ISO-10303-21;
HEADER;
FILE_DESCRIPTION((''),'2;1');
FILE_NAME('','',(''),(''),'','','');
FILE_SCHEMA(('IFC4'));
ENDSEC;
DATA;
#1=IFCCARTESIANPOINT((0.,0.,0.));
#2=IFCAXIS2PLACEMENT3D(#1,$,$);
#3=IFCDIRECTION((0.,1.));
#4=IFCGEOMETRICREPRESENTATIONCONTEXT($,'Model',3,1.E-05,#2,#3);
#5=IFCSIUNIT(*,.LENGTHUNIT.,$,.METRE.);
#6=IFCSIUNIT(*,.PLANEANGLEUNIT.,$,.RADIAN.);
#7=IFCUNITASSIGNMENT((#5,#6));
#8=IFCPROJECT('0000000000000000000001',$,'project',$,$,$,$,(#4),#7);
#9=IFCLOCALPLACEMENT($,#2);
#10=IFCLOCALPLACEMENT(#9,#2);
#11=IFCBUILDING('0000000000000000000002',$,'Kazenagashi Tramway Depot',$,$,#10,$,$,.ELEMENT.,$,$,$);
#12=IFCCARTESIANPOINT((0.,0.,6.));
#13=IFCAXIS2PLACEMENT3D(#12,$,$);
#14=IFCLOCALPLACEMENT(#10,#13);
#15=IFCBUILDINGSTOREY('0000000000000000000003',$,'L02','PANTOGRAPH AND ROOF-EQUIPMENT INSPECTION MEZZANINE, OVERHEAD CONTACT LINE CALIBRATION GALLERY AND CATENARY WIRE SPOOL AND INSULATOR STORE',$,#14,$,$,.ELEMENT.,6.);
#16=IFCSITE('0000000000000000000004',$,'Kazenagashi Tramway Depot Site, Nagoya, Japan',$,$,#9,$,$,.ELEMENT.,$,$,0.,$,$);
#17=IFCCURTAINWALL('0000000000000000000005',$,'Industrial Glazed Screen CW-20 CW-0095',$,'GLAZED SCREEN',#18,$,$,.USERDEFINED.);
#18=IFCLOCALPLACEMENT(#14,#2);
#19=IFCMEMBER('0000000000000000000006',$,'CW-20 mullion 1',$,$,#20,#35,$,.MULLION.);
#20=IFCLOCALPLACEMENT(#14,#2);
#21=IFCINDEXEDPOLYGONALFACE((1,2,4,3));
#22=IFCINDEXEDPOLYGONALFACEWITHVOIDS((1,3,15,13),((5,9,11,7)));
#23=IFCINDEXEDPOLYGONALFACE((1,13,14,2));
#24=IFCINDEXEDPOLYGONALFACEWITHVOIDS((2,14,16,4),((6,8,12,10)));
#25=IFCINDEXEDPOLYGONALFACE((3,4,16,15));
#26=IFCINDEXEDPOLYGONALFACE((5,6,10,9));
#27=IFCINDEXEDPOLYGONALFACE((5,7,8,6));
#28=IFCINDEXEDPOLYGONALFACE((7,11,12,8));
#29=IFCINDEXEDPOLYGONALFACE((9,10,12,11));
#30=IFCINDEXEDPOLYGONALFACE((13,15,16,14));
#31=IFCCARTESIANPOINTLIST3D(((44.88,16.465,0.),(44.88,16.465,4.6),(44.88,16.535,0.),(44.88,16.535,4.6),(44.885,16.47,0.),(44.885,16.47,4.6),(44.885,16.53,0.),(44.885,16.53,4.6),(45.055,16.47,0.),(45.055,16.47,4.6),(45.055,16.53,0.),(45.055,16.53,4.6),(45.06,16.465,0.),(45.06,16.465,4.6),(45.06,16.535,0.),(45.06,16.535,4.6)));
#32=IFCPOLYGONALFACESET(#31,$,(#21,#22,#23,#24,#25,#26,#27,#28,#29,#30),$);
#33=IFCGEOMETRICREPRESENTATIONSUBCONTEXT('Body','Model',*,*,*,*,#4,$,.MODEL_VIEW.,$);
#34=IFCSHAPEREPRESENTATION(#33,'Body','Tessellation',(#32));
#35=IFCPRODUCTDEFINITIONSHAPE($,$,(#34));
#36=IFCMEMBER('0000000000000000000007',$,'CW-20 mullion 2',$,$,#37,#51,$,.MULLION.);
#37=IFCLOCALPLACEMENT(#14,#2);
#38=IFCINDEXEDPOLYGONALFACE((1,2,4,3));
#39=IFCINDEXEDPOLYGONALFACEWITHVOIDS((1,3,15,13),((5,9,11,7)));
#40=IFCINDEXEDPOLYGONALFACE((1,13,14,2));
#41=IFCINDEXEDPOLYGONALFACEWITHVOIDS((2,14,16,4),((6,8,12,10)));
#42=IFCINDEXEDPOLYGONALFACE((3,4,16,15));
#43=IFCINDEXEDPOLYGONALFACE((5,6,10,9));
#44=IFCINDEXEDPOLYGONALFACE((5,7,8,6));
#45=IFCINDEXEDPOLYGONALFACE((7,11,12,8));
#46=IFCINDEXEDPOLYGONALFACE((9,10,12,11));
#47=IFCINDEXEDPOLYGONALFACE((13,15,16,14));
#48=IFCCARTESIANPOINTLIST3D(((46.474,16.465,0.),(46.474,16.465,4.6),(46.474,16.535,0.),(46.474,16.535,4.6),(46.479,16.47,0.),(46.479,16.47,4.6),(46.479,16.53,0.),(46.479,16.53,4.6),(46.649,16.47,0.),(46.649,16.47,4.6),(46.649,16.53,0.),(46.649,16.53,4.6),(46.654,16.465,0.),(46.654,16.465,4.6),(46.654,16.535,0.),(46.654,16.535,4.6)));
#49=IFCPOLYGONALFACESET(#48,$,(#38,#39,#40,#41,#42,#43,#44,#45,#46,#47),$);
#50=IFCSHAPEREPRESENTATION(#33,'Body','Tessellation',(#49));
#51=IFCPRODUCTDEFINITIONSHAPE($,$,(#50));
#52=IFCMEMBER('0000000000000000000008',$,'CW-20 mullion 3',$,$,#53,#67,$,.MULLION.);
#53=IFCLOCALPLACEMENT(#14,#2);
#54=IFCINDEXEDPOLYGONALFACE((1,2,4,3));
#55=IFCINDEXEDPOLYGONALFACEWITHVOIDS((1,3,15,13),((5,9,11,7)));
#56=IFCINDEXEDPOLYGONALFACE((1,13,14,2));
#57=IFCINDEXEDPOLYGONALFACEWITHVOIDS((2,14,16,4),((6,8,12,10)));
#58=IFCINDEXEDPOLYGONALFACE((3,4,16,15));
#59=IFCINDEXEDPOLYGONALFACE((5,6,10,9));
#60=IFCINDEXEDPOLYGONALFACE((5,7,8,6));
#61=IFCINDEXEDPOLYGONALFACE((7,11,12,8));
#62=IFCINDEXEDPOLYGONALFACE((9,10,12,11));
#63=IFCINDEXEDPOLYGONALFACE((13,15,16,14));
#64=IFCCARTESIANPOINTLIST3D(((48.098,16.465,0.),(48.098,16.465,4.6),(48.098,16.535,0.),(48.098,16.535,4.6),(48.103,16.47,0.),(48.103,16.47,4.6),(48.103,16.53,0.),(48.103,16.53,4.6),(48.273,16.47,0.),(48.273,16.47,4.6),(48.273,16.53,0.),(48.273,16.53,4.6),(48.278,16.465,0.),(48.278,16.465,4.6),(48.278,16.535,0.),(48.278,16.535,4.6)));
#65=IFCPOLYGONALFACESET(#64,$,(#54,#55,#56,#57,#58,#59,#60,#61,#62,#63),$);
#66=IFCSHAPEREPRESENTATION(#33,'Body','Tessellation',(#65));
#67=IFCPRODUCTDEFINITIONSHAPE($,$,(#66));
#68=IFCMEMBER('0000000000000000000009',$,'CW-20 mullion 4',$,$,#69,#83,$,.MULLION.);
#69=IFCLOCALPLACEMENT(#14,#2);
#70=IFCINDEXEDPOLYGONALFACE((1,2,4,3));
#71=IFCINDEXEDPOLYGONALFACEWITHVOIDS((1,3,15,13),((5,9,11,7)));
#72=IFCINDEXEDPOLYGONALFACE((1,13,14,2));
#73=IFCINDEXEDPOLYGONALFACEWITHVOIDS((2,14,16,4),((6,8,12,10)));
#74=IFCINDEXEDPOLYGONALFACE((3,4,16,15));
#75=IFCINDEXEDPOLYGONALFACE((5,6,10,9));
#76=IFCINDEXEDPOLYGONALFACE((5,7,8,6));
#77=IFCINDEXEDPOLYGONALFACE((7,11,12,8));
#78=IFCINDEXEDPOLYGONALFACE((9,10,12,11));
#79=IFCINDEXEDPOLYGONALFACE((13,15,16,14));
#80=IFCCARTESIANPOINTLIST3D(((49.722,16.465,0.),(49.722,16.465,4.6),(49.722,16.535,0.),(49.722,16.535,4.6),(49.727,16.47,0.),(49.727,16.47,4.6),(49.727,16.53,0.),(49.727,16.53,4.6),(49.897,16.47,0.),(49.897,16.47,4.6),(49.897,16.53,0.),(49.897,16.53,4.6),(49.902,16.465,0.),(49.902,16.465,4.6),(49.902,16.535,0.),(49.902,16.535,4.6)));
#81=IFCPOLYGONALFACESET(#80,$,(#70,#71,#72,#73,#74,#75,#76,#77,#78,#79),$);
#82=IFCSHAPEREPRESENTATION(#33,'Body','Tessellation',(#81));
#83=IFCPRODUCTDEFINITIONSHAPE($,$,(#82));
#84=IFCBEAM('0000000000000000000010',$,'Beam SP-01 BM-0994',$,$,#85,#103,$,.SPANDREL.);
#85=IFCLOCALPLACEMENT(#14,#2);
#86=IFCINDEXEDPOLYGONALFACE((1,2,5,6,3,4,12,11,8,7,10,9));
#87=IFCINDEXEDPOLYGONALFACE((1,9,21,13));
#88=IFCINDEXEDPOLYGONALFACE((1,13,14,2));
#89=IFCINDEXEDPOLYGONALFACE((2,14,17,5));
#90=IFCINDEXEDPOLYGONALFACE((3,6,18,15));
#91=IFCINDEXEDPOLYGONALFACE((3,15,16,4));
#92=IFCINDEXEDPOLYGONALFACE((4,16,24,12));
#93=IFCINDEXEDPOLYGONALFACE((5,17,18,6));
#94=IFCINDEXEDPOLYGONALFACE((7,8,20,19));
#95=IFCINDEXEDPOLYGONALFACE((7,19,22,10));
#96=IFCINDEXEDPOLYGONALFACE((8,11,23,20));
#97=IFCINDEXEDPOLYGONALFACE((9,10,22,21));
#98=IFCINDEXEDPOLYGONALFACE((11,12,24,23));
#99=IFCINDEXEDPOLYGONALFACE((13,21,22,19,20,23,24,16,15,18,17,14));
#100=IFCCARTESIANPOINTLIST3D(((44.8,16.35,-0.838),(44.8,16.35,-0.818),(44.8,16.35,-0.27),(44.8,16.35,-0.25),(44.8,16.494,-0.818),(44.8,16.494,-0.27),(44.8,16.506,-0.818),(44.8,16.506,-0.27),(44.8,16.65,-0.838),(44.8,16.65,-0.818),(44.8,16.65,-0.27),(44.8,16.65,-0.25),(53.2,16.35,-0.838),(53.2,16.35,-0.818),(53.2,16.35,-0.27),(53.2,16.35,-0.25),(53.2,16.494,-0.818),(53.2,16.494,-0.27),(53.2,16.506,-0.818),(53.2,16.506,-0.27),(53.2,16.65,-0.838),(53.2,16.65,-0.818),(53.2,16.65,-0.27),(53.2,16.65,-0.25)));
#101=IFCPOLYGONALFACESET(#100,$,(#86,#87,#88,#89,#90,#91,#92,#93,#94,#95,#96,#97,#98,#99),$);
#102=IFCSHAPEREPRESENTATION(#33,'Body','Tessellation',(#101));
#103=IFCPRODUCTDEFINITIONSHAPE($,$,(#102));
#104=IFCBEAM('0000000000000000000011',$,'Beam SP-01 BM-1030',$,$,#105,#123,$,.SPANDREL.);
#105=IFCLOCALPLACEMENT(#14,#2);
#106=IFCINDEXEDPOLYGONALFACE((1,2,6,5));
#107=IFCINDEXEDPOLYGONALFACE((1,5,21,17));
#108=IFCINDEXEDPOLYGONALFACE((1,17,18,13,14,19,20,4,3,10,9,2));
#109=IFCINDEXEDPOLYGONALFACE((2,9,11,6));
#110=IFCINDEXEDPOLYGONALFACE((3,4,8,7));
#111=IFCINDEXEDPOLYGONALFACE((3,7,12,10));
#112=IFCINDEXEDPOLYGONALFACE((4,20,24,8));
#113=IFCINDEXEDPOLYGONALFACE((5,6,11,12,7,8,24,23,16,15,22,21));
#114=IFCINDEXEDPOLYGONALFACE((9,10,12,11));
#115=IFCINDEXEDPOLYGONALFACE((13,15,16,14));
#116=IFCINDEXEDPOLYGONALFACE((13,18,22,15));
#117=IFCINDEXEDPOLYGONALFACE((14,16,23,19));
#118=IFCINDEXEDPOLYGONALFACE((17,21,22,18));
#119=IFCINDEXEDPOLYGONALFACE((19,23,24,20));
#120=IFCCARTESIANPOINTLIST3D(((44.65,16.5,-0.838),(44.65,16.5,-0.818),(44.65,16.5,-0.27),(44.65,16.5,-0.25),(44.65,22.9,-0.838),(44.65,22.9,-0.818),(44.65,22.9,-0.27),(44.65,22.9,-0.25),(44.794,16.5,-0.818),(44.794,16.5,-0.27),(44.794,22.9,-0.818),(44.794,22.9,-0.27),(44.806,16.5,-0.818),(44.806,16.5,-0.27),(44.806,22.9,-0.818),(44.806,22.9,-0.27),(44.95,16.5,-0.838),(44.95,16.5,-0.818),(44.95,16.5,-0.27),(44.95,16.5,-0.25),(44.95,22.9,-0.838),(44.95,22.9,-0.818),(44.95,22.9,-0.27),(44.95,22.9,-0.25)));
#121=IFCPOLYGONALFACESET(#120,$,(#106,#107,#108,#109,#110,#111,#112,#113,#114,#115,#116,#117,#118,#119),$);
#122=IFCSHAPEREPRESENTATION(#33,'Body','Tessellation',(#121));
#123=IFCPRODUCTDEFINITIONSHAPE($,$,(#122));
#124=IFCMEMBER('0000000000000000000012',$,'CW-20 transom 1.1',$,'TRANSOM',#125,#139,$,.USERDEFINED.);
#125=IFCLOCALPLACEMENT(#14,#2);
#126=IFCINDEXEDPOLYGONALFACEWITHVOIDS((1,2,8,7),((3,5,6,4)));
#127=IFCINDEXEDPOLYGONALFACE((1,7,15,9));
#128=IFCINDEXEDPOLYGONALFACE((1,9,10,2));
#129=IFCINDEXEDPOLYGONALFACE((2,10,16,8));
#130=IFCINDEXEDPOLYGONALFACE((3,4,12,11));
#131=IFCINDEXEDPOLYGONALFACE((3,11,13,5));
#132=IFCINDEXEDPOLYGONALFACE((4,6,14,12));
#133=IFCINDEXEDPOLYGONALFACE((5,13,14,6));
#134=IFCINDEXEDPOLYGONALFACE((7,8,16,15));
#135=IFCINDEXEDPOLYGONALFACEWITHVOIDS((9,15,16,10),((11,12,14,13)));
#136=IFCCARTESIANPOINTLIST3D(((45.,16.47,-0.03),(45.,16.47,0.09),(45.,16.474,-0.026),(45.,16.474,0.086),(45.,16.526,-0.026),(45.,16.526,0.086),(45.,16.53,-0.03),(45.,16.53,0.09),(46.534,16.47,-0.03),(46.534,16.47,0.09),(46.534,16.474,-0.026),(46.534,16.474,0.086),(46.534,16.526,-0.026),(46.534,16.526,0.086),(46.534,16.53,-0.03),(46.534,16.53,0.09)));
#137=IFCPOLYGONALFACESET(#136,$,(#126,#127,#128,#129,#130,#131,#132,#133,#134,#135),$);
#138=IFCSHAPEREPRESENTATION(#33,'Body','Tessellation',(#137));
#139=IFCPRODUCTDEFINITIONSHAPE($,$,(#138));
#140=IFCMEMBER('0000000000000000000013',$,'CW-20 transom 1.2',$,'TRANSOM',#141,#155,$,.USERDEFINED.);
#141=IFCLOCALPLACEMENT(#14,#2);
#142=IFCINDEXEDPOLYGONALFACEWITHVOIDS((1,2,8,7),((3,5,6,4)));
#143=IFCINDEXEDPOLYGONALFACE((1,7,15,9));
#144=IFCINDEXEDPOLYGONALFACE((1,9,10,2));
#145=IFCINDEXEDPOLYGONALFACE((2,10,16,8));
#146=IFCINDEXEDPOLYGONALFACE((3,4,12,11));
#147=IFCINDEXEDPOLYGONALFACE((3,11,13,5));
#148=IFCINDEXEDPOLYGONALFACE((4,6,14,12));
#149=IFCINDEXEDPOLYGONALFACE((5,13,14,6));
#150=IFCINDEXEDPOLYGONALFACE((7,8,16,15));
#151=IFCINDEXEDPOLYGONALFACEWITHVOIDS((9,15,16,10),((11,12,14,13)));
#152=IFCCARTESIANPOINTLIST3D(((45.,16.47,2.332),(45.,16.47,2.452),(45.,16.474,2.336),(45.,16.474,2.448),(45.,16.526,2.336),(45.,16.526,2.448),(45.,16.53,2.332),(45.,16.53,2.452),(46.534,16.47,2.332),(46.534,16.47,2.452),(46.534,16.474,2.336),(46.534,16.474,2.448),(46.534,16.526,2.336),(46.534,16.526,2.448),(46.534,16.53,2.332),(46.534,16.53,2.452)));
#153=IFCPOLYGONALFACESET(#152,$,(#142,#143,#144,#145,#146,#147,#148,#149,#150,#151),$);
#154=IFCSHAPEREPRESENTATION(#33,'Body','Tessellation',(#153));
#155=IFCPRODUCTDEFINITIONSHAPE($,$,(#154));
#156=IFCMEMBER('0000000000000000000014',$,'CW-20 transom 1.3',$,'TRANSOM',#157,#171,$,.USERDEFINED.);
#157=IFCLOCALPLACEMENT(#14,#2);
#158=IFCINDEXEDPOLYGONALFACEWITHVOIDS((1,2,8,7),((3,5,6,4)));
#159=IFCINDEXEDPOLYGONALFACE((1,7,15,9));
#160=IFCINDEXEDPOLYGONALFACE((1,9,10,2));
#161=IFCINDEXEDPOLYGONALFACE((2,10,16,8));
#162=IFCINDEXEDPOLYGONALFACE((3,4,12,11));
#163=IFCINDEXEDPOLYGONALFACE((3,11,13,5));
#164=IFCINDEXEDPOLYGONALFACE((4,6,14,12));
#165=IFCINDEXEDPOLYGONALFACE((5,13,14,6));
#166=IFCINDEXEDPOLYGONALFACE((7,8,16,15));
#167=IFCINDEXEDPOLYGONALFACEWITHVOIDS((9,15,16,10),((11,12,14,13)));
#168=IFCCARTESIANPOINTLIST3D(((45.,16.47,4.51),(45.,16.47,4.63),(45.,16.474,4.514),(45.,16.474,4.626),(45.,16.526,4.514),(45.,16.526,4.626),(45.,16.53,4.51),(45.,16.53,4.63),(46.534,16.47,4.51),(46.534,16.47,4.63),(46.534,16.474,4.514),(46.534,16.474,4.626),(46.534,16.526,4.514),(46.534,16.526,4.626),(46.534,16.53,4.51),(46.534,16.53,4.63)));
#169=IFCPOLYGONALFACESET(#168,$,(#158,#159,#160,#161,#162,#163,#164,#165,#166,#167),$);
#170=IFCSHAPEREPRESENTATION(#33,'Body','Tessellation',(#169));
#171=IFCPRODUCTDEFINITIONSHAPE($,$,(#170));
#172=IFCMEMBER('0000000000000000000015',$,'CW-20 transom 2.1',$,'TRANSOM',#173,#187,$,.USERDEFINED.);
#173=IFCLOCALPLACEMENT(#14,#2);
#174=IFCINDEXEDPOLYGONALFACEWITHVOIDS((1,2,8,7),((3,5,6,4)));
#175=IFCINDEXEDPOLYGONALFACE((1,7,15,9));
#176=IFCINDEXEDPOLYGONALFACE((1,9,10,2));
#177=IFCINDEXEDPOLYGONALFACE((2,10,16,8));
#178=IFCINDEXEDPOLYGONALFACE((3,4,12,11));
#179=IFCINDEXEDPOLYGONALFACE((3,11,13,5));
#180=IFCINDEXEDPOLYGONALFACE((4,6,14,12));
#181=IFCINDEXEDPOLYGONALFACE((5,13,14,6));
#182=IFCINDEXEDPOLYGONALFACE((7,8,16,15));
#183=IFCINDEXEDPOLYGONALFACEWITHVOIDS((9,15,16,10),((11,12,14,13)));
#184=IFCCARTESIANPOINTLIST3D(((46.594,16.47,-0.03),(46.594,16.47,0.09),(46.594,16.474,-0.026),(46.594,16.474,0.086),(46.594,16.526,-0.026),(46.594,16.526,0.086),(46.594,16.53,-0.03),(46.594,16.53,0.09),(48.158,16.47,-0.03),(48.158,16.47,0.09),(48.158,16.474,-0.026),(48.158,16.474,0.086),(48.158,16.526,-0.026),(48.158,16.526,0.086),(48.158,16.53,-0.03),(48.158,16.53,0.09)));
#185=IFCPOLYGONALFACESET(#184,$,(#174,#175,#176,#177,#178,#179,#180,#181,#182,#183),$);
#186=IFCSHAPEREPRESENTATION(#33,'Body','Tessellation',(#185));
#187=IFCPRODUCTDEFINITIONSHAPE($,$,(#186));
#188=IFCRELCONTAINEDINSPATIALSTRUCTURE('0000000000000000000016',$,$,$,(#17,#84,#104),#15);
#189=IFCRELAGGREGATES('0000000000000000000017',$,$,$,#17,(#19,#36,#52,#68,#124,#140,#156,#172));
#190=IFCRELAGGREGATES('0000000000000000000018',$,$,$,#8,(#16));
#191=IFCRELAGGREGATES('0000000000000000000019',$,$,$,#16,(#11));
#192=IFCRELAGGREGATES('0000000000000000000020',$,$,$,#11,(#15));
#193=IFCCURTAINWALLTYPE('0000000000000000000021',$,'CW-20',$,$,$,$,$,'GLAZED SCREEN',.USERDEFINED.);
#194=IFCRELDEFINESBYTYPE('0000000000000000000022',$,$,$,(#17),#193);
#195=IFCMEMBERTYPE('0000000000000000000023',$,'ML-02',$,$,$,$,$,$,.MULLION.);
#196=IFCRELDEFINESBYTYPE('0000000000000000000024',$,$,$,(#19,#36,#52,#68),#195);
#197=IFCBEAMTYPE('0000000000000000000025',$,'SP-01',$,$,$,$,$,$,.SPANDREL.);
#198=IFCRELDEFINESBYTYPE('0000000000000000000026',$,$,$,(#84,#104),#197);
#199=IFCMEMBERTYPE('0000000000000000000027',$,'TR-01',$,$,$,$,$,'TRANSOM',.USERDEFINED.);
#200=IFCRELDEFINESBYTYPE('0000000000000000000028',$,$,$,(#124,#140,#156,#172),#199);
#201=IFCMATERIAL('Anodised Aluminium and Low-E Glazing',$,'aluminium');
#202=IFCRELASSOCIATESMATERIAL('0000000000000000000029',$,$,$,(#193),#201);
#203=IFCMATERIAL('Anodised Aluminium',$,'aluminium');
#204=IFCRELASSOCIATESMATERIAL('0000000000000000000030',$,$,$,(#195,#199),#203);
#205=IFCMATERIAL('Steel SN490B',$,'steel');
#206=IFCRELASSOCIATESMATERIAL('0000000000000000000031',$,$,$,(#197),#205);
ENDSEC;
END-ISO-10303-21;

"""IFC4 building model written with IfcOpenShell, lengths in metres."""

from ifc_helpers import new_model, si_unit, direction, frame, origin, origin_2d, place, context, subcontext, project, spatial, hollow_rectangle, i_section, extrude, material, material_profile, profile_set, type_object, element, aggregate, save


model = new_model("IFC4")

# Units and contexts
model_context = context("Model", 3, precision=1e-05, world=origin(), true_north=direction((0.0, 1.0)))
body_context = subcontext(model_context, "Body", "Model", "MODEL_VIEW")
ifc_project = project(units=[si_unit("LENGTHUNIT", "METRE"), si_unit("PLANEANGLEUNIT", "RADIAN")], contexts=[model_context])

# Site, building, storey
site_placement = place(None, origin())
site = spatial("IfcSite", under=ifc_project, at=site_placement, Name="Kazenagashi Tramway Depot Site, Nagoya, Japan", CompositionType="ELEMENT", RefElevation=0.0)
building_placement = place(site_placement, origin())
building = spatial("IfcBuilding", under=site, at=building_placement, Name="Kazenagashi Tramway Depot", CompositionType="ELEMENT")
storey_placement = place(building_placement, frame((0.0, 0.0, 6.0)))
storey = spatial("IfcBuildingStorey", under=building, at=storey_placement, Name="L02", Description="PANTOGRAPH AND ROOF-EQUIPMENT INSPECTION MEZZANINE, OVERHEAD CONTACT LINE CALIBRATION GALLERY AND CATENARY WIRE SPOOL AND INSULATOR STORE", CompositionType="ELEMENT", Elevation=6.0)

# Shared definitions
ifc_material_1 = material(Name="Steel SN490B", Category="steel")

# Curtain wall, members
ifc_material_2 = material(Name="Anodised Aluminium and Low-E Glazing", Category="aluminium")
curtain_wall_type = type_object("IfcCurtainWallType", Name="CW-20", ElementType="GLAZED SCREEN", PredefinedType="USERDEFINED", material=ifc_material_2)
curtain_wall_placement = place(storey_placement, origin())
curtain_wall = element("IfcCurtainWall", 1, at=curtain_wall_placement, inside=storey, type_object=curtain_wall_type, Name="Industrial Glazed Screen CW-20 CW-0095", ObjectType="GLAZED SCREEN", PredefinedType="USERDEFINED")
ifc_material_3 = material(Name="Anodised Aluminium", Category="aluminium")
ifc_material_profile_1 = material_profile(ifc_material_3, hollow_rectangle(XDim=0.07, YDim=0.18, WallThickness=0.005, at=origin_2d()), Name="RHS-180x70x5")
ifc_profile_set_1 = profile_set([ifc_material_profile_1], Name="Anodised Aluminium")
member_type_1 = type_object("IfcMemberType", Name="ML-02", PredefinedType="MULLION", material=ifc_profile_set_1)
member_1_placement = place(storey_placement, frame((44.97, 16.5, 0.0), z_axis=(0.0, 0.0, 1.0), x_axis=(0.0, 1.0, 0.0)))
member_1 = element("IfcMember", 2, at=member_1_placement, type_object=member_type_1, Name="CW-20 mullion 1", PredefinedType="MULLION", context=body_context, shape_type="SweptSolid", body=[
    extrude(hollow_rectangle(XDim=0.07, YDim=0.18, WallThickness=0.005, at=origin_2d()), origin(), (0.0, 0.0, 1.0), 4.6),
])
member_2_placement = place(storey_placement, frame((46.564, 16.5, 0.0), z_axis=(0.0, 0.0, 1.0), x_axis=(0.0, 1.0, 0.0)))
member_2 = element("IfcMember", 3, at=member_2_placement, type_object=member_type_1, Name="CW-20 mullion 2", PredefinedType="MULLION", context=body_context, shape_type="SweptSolid", body=[
    extrude(hollow_rectangle(XDim=0.07, YDim=0.18, WallThickness=0.005, at=origin_2d()), origin(), (0.0, 0.0, 1.0), 4.6),
])
member_3_placement = place(storey_placement, frame((48.188, 16.5, 0.0), z_axis=(0.0, 0.0, 1.0), x_axis=(0.0, 1.0, 0.0)))
member_3 = element("IfcMember", 4, at=member_3_placement, type_object=member_type_1, Name="CW-20 mullion 3", PredefinedType="MULLION", context=body_context, shape_type="SweptSolid", body=[
    extrude(hollow_rectangle(XDim=0.07, YDim=0.18, WallThickness=0.005, at=origin_2d()), origin(), (0.0, 0.0, 1.0), 4.6),
])
member_4_placement = place(storey_placement, frame((49.812, 16.5, 0.0), z_axis=(0.0, 0.0, 1.0), x_axis=(0.0, 1.0, 0.0)))
member_4 = element("IfcMember", 5, at=member_4_placement, type_object=member_type_1, Name="CW-20 mullion 4", PredefinedType="MULLION", context=body_context, shape_type="SweptSolid", body=[
    extrude(hollow_rectangle(XDim=0.07, YDim=0.18, WallThickness=0.005, at=origin_2d()), origin(), (0.0, 0.0, 1.0), 4.6),
])

# Beams
ifc_material_profile_2 = material_profile(ifc_material_1, i_section(OverallWidth=0.3, OverallDepth=0.588, WebThickness=0.012, FlangeThickness=0.02, at=origin_2d()), Name="H-588x300x12x20")
ifc_profile_set_2 = profile_set([ifc_material_profile_2], Name="Steel SN490B")
beam_type_1 = type_object("IfcBeamType", Name="SP-01", PredefinedType="SPANDREL", material=ifc_profile_set_2)
beam_1_placement = place(storey_placement, frame((44.8, 16.5, -0.544), z_axis=(1.0, 0.0, 0.0), x_axis=(0.0, 1.0, 0.0)))
element("IfcBeam", 6, at=beam_1_placement, inside=storey, type_object=beam_type_1, Name="Beam SP-01 BM-0994", PredefinedType="SPANDREL", context=body_context, shape_type="SweptSolid", body=[
    extrude(i_section(OverallWidth=0.3, OverallDepth=0.588, WebThickness=0.012, FlangeThickness=0.02, at=origin_2d()), origin(), (0.0, 0.0, 1.0), 8.4),
])
beam_2_placement = place(storey_placement, frame((44.8, 16.5, -0.544), z_axis=(0.0, 1.0, 0.0), x_axis=(-1.0, 0.0, 0.0)))
element("IfcBeam", 7, at=beam_2_placement, inside=storey, type_object=beam_type_1, Name="Beam SP-01 BM-1030", PredefinedType="SPANDREL", context=body_context, shape_type="SweptSolid", body=[
    extrude(i_section(OverallWidth=0.3, OverallDepth=0.588, WebThickness=0.012, FlangeThickness=0.02, at=origin_2d()), origin(), (0.0, 0.0, 1.0), 6.4),
])

# Members
ifc_material_profile_3 = material_profile(ifc_material_3, hollow_rectangle(XDim=0.06, YDim=0.12, WallThickness=0.004, at=origin_2d()), Name="RHS-120x60x4")
ifc_profile_set_3 = profile_set([ifc_material_profile_3], Name="Anodised Aluminium")
member_type_2 = type_object("IfcMemberType", Name="TR-01", ElementType="TRANSOM", PredefinedType="USERDEFINED", material=ifc_profile_set_3)
member_5_placement = place(storey_placement, frame((45.0, 16.5, 0.03), z_axis=(1.0, 0.0, 0.0), x_axis=(0.0, 1.0, 0.0)))
member_5 = element("IfcMember", 8, at=member_5_placement, type_object=member_type_2, Name="CW-20 transom 1.1", ObjectType="TRANSOM", PredefinedType="USERDEFINED", context=body_context, shape_type="SweptSolid", body=[
    extrude(hollow_rectangle(XDim=0.06, YDim=0.12, WallThickness=0.004, at=origin_2d()), origin(), (0.0, 0.0, 1.0), 1.534),
])
member_6_placement = place(storey_placement, frame((45.0, 16.5, 2.392), z_axis=(1.0, 0.0, 0.0), x_axis=(0.0, 1.0, 0.0)))
member_6 = element("IfcMember", 9, at=member_6_placement, type_object=member_type_2, Name="CW-20 transom 1.2", ObjectType="TRANSOM", PredefinedType="USERDEFINED", context=body_context, shape_type="SweptSolid", body=[
    extrude(hollow_rectangle(XDim=0.06, YDim=0.12, WallThickness=0.004, at=origin_2d()), origin(), (0.0, 0.0, 1.0), 1.534),
])
member_7_placement = place(storey_placement, frame((45.0, 16.5, 4.57), z_axis=(1.0, 0.0, 0.0), x_axis=(0.0, 1.0, 0.0)))
member_7 = element("IfcMember", 10, at=member_7_placement, type_object=member_type_2, Name="CW-20 transom 1.3", ObjectType="TRANSOM", PredefinedType="USERDEFINED", context=body_context, shape_type="SweptSolid", body=[
    extrude(hollow_rectangle(XDim=0.06, YDim=0.12, WallThickness=0.004, at=origin_2d()), origin(), (0.0, 0.0, 1.0), 1.534),
])
member_8_placement = place(storey_placement, frame((46.594, 16.5, 0.03), z_axis=(1.0, 0.0, 0.0), x_axis=(0.0, 1.0, 0.0)))
member_8 = element("IfcMember", 11, at=member_8_placement, type_object=member_type_2, Name="CW-20 transom 2.1", ObjectType="TRANSOM", PredefinedType="USERDEFINED", context=body_context, shape_type="SweptSolid", body=[
    extrude(hollow_rectangle(XDim=0.06, YDim=0.12, WallThickness=0.004, at=origin_2d()), origin(), (0.0, 0.0, 1.0), 1.564),
])

aggregate(curtain_wall, [member_1, member_2, member_3, member_4, member_5, member_6, member_7, member_8])

save(model, "model.ifc")
